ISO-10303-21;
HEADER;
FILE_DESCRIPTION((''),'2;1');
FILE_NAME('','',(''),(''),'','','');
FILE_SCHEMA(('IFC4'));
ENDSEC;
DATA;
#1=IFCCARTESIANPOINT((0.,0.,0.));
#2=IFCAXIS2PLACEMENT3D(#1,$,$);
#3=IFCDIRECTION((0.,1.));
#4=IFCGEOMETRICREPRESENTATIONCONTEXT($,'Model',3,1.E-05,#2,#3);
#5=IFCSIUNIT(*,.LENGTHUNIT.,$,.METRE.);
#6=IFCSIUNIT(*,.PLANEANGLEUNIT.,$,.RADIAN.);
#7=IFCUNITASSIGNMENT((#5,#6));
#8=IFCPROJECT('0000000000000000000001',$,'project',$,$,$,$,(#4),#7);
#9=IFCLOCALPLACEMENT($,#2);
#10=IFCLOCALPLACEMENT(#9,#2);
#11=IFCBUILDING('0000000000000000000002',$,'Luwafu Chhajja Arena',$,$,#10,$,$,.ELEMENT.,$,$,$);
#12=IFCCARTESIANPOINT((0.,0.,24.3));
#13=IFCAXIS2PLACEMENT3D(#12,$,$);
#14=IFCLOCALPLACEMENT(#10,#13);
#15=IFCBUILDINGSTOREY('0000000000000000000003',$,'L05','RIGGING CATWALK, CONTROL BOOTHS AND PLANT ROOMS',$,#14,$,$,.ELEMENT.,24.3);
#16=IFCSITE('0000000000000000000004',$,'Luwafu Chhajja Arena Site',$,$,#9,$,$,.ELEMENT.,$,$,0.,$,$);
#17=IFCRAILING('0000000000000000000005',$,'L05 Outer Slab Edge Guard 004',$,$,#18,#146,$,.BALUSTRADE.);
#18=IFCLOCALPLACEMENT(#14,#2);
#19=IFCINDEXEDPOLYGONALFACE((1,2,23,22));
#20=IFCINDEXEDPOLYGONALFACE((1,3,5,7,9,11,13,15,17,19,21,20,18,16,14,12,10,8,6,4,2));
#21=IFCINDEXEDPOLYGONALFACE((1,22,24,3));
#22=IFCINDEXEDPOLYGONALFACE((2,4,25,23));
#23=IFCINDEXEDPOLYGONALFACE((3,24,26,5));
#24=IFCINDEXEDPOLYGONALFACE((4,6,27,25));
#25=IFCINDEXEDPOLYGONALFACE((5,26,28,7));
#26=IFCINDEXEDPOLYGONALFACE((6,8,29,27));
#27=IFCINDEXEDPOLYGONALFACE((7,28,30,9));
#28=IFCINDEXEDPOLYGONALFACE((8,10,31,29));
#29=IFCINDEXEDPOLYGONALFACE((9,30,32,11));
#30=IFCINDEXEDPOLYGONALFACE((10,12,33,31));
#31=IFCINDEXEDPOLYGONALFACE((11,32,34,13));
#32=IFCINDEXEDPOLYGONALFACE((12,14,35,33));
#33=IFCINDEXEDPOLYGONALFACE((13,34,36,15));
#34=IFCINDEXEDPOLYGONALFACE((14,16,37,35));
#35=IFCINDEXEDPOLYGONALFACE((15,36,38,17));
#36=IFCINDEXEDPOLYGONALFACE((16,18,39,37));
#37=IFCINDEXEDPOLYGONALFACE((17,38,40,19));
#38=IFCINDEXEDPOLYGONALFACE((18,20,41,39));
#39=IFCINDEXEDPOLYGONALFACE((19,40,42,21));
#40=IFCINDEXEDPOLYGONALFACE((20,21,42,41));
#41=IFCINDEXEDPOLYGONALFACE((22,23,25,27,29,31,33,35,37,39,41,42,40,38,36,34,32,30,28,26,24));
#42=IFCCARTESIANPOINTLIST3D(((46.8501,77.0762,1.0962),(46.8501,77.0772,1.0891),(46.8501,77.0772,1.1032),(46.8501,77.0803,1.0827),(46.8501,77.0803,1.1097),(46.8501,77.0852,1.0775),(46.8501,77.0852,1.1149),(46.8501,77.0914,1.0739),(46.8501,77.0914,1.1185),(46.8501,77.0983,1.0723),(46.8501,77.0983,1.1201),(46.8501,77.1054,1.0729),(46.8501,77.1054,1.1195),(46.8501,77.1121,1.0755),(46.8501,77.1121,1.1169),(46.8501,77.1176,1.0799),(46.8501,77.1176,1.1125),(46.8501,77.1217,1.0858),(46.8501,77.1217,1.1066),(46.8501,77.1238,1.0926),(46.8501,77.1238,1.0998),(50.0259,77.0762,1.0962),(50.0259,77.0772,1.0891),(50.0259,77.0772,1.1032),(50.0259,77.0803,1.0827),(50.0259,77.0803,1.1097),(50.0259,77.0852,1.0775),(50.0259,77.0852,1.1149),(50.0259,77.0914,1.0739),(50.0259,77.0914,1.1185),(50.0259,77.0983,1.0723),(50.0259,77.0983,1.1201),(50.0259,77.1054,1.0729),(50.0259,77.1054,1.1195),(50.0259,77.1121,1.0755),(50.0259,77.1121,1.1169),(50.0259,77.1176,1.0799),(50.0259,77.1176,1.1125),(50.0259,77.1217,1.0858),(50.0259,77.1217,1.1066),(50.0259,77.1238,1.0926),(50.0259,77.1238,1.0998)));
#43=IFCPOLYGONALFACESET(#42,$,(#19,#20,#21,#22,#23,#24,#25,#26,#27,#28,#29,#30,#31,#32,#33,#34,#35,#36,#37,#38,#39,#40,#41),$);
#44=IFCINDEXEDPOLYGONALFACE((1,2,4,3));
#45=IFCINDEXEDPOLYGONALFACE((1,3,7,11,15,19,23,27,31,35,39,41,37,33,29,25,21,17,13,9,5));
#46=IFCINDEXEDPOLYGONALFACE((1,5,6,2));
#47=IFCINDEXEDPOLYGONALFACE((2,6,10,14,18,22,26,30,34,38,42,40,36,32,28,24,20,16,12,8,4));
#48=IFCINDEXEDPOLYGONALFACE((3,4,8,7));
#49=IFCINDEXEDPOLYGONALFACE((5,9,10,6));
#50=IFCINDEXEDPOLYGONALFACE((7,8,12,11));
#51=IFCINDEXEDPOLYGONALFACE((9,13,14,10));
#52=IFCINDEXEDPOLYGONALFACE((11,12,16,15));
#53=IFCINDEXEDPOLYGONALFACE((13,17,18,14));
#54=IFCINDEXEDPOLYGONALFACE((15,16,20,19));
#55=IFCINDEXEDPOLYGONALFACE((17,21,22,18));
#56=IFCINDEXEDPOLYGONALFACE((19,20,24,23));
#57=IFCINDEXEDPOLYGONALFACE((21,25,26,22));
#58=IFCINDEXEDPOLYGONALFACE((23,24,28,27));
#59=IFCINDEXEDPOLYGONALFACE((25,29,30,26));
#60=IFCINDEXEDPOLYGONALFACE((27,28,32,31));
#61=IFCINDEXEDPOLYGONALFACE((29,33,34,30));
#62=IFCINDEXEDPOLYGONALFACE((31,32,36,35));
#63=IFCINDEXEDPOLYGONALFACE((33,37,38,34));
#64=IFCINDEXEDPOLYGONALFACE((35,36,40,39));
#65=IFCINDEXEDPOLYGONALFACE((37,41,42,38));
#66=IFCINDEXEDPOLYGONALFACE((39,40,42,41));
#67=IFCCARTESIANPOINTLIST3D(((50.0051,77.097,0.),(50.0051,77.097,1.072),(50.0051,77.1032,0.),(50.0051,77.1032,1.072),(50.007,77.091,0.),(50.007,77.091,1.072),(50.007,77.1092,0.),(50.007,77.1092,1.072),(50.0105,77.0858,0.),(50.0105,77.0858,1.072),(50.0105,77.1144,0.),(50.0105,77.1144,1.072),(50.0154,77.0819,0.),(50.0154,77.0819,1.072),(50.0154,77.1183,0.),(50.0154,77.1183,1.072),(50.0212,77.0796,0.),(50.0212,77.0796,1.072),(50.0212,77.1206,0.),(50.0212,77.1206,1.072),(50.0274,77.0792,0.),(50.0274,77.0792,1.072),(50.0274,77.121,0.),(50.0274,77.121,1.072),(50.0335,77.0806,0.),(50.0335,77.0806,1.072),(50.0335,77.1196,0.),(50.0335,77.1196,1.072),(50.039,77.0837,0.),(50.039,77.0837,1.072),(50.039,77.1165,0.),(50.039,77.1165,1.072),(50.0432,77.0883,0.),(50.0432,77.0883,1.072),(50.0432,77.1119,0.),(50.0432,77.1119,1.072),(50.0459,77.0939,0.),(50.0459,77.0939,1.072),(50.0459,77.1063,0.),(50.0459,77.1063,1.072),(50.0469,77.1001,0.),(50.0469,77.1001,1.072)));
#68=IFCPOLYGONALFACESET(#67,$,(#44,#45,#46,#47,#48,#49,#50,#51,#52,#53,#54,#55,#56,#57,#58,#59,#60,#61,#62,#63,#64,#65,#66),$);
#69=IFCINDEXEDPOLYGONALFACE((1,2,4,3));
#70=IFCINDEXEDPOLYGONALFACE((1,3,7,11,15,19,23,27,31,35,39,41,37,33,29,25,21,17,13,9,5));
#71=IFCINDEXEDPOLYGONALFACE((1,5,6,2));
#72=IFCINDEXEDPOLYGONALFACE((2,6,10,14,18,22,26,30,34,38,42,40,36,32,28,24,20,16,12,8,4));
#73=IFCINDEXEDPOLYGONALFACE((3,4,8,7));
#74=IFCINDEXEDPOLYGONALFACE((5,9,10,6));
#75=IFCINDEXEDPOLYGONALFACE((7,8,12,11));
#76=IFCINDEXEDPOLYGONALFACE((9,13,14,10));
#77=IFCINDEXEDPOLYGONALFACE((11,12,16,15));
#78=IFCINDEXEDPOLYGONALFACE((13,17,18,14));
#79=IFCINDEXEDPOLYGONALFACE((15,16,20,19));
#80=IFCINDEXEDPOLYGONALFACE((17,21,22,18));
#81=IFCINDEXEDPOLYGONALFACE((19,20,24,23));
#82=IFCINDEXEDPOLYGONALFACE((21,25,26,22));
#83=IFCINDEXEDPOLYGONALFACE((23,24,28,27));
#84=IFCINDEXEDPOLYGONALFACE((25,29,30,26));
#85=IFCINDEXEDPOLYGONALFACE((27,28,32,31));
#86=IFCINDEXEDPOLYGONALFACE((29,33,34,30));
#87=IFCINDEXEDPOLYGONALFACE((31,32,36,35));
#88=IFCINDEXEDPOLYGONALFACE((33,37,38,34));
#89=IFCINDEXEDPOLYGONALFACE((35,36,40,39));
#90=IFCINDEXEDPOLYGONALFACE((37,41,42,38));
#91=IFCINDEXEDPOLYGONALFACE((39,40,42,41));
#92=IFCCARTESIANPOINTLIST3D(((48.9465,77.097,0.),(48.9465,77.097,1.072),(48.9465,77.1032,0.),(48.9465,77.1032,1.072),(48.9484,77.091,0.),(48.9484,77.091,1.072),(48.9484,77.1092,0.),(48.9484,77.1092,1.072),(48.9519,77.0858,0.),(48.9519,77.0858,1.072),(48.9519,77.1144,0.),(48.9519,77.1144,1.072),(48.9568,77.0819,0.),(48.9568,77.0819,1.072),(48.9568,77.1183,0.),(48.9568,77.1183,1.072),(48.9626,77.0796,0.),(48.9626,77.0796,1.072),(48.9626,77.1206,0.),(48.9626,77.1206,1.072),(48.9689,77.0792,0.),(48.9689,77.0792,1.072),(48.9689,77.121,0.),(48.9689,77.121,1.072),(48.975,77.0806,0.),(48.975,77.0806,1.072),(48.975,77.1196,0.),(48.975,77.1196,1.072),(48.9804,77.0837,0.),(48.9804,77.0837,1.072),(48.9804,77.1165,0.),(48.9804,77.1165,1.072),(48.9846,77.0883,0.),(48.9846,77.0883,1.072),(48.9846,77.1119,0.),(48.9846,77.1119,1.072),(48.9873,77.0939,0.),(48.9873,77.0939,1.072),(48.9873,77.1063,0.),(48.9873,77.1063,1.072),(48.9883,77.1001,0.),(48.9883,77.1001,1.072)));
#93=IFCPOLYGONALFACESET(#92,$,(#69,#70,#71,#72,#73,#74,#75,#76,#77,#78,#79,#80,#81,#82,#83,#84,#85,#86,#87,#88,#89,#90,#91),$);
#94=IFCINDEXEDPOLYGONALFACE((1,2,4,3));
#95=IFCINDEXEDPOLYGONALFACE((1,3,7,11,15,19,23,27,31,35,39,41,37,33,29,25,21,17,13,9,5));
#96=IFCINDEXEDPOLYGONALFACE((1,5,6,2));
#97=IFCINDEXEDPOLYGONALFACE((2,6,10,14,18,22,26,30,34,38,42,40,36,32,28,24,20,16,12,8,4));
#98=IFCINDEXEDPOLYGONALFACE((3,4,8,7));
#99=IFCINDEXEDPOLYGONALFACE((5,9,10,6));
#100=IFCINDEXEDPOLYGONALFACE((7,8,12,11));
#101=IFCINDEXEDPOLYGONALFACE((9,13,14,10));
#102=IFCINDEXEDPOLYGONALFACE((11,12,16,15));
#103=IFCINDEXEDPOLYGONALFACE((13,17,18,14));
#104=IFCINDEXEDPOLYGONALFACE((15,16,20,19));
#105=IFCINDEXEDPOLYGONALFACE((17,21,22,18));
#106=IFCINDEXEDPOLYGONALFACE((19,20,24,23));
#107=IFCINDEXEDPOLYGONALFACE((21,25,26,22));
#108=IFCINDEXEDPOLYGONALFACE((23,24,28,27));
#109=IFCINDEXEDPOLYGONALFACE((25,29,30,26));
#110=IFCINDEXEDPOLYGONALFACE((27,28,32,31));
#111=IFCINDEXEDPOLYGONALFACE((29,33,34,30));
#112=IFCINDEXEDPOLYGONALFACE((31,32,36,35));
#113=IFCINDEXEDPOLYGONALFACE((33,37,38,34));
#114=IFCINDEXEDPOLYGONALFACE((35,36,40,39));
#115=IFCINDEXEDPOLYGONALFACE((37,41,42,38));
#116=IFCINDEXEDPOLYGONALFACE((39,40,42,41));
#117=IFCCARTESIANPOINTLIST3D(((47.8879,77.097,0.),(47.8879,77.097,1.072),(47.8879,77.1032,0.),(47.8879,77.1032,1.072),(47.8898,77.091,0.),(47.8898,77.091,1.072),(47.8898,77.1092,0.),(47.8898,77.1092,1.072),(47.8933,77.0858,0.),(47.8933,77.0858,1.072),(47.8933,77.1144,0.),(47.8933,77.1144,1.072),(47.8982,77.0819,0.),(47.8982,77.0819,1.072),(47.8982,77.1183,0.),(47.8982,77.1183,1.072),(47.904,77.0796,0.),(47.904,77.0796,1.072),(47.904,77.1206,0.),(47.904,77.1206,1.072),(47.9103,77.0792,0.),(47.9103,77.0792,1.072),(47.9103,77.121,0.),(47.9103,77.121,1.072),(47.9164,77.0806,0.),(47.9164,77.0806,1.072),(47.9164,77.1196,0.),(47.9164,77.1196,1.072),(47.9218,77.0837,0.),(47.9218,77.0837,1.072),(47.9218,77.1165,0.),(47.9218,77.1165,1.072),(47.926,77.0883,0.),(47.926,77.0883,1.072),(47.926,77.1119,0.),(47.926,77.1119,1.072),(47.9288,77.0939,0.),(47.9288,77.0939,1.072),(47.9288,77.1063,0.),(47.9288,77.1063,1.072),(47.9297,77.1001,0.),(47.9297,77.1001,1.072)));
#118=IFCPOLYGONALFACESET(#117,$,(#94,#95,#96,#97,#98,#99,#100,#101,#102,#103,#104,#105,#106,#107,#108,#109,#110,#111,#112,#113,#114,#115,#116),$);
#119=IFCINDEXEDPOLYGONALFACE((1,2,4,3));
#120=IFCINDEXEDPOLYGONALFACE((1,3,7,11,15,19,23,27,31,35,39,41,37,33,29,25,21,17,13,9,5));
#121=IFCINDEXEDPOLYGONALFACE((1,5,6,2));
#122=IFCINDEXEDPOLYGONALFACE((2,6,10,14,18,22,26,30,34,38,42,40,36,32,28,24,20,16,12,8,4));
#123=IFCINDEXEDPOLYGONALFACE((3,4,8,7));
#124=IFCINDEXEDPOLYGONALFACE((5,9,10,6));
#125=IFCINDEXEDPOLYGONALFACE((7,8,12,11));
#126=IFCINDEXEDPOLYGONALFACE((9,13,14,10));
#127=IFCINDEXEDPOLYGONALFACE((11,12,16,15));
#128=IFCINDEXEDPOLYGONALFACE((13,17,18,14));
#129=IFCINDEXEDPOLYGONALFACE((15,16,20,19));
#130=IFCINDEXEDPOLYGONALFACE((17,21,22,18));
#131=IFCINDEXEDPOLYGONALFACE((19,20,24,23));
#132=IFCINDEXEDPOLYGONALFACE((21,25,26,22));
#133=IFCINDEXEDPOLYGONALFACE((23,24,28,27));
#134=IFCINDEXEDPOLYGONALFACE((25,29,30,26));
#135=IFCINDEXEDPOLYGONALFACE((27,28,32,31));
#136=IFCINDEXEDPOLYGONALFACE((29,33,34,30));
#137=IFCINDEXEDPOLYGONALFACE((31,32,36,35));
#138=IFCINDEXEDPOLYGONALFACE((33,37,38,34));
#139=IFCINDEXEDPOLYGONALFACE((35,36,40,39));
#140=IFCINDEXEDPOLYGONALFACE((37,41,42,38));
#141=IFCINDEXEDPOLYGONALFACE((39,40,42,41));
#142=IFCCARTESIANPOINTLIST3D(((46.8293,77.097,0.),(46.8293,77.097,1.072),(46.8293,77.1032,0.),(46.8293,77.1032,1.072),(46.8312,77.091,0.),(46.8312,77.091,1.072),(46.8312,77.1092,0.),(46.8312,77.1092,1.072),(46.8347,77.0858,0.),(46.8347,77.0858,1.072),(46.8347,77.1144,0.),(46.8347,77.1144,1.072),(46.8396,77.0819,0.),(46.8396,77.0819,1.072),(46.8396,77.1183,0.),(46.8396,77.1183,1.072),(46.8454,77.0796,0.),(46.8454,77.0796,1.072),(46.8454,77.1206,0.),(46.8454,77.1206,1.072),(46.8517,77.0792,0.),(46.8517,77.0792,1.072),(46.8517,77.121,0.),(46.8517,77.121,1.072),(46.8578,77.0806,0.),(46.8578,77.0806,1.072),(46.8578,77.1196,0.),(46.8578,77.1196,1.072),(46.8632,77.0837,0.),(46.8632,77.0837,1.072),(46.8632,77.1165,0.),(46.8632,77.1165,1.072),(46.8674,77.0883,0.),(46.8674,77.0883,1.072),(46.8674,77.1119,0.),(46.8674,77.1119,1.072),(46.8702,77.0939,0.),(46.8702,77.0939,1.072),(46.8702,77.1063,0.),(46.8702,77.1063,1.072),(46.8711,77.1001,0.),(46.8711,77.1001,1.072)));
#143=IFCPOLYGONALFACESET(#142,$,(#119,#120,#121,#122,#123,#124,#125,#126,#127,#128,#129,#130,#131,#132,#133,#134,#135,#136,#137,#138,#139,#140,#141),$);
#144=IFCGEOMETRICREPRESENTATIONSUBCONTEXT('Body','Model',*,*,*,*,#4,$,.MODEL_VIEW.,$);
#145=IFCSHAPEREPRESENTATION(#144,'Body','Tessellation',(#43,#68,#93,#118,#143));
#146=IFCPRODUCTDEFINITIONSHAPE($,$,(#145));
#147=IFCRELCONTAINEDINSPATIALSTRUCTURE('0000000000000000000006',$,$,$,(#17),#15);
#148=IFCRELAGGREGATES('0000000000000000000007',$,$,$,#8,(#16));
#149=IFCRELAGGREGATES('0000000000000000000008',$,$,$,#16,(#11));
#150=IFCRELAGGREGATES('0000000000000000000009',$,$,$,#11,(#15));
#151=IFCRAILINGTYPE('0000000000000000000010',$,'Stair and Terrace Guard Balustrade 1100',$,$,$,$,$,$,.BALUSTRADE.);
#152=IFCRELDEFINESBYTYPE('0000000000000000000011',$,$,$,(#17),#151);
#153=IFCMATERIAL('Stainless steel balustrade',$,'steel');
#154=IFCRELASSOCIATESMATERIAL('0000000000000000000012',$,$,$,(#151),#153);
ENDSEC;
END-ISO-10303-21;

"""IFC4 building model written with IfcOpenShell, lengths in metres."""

from ifc_helpers import new_model, si_unit, direction, frame, origin, origin_2d, place, context, subcontext, project, spatial, circle, extrude, material, type_object, element, save


model = new_model("IFC4")

# Units and contexts
model_context = context("Model", 3, precision=1e-05, world=origin(), true_north=direction((0.0, 1.0)))
body_context = subcontext(model_context, "Body", "Model", "MODEL_VIEW")
ifc_project = project(units=[si_unit("LENGTHUNIT", "METRE"), si_unit("PLANEANGLEUNIT", "RADIAN")], contexts=[model_context])

# Site, building, storey
site_placement = place(None, origin())
site = spatial("IfcSite", under=ifc_project, at=site_placement, Name="Luwafu Chhajja Arena Site", CompositionType="ELEMENT", RefElevation=0.0)
building_placement = place(site_placement, origin())
building = spatial("IfcBuilding", under=site, at=building_placement, Name="Luwafu Chhajja Arena", CompositionType="ELEMENT")
storey_placement = place(building_placement, frame((0.0, 0.0, 24.3)))
storey = spatial("IfcBuildingStorey", under=building, at=storey_placement, Name="L05", Description="RIGGING CATWALK, CONTROL BOOTHS AND PLANT ROOMS", CompositionType="ELEMENT", Elevation=24.3)

# Railing
ifc_material_1 = material(Name="Stainless steel balustrade", Category="steel")
railing_type = type_object("IfcRailingType", Name="Stair and Terrace Guard Balustrade 1100", PredefinedType="BALUSTRADE", material=ifc_material_1)
railing_1_placement = place(storey_placement, frame((50.0259, 77.1001, 0.0)))
element("IfcRailing", 1, at=railing_1_placement, inside=storey, type_object=railing_type, Name="L05 Outer Slab Edge Guard 004", PredefinedType="BALUSTRADE", context=body_context, shape_type="SweptSolid", body=[
    extrude(circle(Radius=0.0239, at=origin_2d()), frame((0.0, 0.0, 1.0962), z_axis=(-1.0, 0.0, 0.0), x_axis=(0.0, -1.0, 0.0)), (0.0, 0.0, 1.0), 3.1758),
    extrude(circle(Radius=0.021, at=origin_2d()), origin(), (0.0, 0.0, 1.0), 1.072),
    extrude(circle(Radius=0.021, at=origin_2d()), frame((-1.0586, 0.0, 0.0)), (0.0, 0.0, 1.0), 1.072),
    extrude(circle(Radius=0.021, at=origin_2d()), frame((-2.1172, 0.0, 0.0)), (0.0, 0.0, 1.0), 1.072),
    extrude(circle(Radius=0.021, at=origin_2d()), frame((-3.1758, 0.0, 0.0)), (0.0, 0.0, 1.0), 1.072),
])

save(model, "model.ifc")
